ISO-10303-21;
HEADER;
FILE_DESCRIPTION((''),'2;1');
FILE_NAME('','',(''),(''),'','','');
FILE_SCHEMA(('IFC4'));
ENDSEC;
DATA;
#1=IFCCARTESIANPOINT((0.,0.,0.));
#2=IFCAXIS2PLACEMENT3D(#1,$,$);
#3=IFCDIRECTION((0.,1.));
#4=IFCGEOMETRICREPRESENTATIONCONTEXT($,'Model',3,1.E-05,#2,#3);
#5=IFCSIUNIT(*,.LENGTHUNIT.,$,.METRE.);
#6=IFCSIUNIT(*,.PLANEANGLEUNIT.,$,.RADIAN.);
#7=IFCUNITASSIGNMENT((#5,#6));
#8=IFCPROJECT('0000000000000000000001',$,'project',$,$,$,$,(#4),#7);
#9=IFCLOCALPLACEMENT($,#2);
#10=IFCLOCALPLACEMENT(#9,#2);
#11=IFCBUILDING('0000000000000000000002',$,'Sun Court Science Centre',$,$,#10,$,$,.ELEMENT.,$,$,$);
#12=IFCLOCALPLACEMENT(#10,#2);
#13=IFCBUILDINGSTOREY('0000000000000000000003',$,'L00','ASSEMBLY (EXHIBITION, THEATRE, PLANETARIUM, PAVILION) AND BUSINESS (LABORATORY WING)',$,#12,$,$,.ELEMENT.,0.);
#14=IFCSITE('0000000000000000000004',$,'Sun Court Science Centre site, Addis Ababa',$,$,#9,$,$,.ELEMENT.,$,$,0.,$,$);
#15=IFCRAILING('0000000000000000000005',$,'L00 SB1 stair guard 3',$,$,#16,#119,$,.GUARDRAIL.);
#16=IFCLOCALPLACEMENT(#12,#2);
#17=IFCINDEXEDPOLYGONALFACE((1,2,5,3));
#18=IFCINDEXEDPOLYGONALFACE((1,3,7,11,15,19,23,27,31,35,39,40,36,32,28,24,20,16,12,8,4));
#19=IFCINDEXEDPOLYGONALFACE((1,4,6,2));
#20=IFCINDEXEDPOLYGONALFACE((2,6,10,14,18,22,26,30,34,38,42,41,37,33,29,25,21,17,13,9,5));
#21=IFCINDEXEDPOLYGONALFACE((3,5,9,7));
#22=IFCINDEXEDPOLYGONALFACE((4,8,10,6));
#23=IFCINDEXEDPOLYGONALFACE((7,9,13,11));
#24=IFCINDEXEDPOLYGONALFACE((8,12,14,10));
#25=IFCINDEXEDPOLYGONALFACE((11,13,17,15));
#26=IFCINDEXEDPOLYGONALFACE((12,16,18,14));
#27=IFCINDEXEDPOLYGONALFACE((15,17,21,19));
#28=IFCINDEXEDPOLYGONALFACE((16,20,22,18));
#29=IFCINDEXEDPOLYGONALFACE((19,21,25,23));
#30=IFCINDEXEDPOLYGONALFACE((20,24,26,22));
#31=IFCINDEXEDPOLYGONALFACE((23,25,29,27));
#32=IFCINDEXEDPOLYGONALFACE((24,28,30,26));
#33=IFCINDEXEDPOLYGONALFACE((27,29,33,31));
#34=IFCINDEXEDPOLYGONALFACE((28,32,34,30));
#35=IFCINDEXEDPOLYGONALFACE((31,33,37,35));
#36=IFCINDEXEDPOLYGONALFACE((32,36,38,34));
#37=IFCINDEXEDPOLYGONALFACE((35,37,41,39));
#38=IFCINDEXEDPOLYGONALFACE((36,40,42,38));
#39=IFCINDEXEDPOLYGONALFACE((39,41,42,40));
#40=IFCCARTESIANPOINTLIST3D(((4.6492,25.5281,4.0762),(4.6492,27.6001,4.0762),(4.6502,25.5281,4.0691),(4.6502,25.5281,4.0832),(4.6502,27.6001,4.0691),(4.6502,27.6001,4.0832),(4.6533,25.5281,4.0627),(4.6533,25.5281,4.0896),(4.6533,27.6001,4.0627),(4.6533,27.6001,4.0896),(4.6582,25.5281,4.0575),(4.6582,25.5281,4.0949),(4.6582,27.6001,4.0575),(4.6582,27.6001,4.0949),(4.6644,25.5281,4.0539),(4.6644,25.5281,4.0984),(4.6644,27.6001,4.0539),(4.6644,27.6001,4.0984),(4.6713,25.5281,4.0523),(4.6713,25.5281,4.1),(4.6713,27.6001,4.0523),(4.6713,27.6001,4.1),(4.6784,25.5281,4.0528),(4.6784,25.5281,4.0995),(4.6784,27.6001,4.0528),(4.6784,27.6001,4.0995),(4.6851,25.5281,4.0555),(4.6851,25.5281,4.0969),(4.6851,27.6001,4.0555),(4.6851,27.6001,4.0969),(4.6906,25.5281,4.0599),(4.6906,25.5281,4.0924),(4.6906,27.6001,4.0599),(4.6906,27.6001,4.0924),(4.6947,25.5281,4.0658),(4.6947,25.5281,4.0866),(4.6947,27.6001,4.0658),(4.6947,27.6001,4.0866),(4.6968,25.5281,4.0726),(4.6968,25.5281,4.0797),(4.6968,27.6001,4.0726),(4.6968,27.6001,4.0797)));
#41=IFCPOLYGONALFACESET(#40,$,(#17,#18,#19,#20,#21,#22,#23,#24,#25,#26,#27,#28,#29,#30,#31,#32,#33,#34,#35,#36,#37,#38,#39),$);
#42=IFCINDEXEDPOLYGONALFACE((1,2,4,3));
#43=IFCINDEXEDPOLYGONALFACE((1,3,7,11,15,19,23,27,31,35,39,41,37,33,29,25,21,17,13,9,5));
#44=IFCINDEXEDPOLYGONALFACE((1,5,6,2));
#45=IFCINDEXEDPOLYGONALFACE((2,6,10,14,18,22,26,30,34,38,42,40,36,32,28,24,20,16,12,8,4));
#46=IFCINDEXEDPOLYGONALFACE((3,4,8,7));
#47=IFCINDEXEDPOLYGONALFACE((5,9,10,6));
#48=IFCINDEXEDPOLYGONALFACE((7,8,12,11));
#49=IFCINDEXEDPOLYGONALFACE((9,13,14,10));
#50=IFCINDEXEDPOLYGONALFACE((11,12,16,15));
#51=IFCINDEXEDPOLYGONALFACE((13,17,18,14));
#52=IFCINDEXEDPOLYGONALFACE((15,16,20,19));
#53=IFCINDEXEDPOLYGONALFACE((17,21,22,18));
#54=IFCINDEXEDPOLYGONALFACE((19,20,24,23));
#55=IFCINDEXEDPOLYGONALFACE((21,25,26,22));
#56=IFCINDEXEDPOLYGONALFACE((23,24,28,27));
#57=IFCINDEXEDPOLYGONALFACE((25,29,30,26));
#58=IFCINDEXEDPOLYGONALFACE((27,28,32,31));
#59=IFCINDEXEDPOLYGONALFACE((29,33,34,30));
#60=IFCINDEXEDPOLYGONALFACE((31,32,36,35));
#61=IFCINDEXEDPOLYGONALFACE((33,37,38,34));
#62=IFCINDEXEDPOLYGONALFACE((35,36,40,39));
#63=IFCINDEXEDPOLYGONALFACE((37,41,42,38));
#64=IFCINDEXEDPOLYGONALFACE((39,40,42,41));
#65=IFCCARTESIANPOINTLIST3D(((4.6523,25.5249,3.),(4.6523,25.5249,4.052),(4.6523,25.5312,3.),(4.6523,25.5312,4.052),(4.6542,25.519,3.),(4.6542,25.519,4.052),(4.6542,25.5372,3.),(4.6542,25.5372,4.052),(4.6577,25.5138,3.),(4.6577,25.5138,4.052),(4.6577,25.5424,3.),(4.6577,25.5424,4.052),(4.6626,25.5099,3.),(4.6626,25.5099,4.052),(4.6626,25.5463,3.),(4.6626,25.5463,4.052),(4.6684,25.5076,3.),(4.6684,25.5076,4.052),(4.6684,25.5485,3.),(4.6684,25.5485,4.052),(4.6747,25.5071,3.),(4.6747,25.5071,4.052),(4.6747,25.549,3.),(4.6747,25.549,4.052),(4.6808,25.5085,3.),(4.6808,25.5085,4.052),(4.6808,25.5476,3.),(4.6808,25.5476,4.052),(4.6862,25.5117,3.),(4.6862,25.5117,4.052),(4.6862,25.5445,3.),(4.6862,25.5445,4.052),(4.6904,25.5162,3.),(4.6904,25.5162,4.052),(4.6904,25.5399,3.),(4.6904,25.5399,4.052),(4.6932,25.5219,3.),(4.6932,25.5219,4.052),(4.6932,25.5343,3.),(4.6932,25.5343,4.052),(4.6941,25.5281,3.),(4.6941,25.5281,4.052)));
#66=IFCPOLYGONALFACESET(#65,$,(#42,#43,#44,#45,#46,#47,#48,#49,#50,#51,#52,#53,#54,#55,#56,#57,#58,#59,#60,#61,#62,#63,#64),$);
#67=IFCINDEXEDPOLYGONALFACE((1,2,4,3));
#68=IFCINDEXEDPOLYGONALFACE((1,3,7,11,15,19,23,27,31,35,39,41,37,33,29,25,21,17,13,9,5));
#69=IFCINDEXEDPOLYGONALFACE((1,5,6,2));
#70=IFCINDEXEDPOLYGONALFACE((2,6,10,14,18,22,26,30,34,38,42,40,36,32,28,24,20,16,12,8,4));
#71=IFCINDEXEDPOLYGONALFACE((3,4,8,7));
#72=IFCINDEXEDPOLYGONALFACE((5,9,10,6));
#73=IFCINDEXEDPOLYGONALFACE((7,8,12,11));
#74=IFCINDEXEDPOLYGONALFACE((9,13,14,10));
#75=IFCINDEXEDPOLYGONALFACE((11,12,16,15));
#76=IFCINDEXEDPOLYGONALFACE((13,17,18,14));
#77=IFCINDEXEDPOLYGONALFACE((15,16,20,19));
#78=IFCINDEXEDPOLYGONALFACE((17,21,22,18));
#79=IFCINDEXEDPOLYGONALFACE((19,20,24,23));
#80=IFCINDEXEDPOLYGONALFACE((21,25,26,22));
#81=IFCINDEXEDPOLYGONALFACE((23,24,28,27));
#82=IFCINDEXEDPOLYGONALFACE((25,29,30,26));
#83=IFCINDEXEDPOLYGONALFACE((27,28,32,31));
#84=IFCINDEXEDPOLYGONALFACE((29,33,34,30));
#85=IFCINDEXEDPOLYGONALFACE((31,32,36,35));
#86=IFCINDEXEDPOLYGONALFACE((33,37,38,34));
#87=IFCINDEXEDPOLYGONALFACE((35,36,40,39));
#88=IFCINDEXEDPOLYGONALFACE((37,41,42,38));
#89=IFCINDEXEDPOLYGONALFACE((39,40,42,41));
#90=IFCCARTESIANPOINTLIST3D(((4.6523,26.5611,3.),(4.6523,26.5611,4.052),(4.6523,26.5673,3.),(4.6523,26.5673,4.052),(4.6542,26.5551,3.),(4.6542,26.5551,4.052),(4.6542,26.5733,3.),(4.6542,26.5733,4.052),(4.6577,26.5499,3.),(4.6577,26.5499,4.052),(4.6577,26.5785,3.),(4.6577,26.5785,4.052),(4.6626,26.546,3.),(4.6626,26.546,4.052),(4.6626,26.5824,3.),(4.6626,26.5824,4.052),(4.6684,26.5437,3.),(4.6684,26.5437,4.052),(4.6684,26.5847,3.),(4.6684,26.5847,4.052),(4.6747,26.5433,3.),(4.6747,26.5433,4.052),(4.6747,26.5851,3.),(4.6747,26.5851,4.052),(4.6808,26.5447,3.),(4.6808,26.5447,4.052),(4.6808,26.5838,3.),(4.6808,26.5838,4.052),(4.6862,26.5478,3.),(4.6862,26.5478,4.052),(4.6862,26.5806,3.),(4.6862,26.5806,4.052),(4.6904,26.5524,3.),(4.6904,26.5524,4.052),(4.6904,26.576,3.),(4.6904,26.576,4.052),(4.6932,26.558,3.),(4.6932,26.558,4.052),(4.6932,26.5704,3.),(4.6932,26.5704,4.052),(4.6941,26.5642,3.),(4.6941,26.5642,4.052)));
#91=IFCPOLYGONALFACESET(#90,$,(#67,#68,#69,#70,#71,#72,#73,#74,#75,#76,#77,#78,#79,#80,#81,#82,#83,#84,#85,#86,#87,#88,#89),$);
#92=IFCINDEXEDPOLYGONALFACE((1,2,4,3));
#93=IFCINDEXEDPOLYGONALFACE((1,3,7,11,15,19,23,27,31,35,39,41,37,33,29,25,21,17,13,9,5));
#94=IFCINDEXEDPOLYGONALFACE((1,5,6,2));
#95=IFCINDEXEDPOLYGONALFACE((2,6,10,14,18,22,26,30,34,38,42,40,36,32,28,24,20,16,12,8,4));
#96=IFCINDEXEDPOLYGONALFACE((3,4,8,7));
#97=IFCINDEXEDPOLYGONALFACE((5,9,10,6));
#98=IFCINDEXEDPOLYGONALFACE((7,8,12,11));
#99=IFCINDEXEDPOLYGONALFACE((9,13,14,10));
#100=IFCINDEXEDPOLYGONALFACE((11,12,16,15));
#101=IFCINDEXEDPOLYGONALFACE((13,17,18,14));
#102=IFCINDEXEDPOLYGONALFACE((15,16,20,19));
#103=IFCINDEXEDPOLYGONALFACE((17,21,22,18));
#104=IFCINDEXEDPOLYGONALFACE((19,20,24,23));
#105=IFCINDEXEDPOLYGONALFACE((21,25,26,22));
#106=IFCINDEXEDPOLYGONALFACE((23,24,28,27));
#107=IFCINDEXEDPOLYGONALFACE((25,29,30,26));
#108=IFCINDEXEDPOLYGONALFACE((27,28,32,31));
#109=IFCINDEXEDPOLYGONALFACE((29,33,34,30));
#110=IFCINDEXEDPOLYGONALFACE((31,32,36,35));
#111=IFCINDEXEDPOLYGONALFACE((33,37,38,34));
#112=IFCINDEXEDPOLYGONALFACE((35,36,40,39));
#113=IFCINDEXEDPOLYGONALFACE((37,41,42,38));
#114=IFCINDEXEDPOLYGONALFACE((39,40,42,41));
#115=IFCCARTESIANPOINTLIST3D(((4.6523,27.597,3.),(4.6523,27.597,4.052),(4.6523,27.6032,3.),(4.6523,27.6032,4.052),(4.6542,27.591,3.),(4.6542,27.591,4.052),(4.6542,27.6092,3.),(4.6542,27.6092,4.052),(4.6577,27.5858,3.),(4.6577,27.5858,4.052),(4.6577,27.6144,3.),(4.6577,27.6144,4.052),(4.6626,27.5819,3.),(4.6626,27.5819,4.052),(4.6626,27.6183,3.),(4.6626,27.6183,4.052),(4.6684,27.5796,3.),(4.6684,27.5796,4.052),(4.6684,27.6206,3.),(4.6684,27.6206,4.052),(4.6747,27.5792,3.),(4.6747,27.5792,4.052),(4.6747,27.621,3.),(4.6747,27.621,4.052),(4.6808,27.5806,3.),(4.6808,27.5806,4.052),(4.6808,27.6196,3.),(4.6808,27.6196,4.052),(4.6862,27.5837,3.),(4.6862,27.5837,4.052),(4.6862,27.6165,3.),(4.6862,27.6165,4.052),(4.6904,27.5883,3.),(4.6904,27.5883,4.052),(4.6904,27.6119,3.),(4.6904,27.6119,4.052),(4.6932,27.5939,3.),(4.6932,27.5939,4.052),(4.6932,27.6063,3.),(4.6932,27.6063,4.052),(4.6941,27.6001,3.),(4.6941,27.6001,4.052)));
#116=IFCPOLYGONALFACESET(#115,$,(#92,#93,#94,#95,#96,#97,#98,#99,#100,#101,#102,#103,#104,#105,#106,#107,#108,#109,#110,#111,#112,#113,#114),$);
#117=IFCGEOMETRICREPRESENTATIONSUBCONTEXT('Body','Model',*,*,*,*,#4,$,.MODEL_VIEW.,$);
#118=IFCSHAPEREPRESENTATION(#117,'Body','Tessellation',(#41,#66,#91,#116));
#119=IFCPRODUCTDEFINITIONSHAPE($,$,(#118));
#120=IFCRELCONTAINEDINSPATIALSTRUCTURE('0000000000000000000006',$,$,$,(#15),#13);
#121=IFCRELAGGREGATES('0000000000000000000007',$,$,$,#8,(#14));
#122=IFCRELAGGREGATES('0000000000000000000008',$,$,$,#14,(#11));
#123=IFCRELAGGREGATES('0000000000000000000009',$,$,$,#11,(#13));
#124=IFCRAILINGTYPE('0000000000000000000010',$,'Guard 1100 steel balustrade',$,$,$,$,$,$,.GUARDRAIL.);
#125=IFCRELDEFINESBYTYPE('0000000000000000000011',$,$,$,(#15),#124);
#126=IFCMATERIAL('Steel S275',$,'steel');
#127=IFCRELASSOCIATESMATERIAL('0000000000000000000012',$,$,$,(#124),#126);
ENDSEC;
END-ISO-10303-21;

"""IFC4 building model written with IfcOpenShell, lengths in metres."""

from ifc_helpers import new_model, si_unit, direction, frame, origin, origin_2d, place, context, subcontext, project, spatial, circle, extrude, material, type_object, element, save


model = new_model("IFC4")

# Units and contexts
model_context = context("Model", 3, precision=1e-05, world=origin(), true_north=direction((0.0, 1.0)))
body_context = subcontext(model_context, "Body", "Model", "MODEL_VIEW")
ifc_project = project(units=[si_unit("LENGTHUNIT", "METRE"), si_unit("PLANEANGLEUNIT", "RADIAN")], contexts=[model_context])

# Site, building, storey
site_placement = place(None, origin())
site = spatial("IfcSite", under=ifc_project, at=site_placement, Name="Sun Court Science Centre site, Addis Ababa", CompositionType="ELEMENT", RefElevation=0.0)
building_placement = place(site_placement, origin())
building = spatial("IfcBuilding", under=site, at=building_placement, Name="Sun Court Science Centre", CompositionType="ELEMENT")
storey_placement = place(building_placement, origin())
storey = spatial("IfcBuildingStorey", under=building, at=storey_placement, Name="L00", Description="ASSEMBLY (EXHIBITION, THEATRE, PLANETARIUM, PAVILION) AND BUSINESS (LABORATORY WING)", CompositionType="ELEMENT", Elevation=0.0)

# Railing
ifc_material_1 = material(Name="Steel S275", Category="steel")
railing_type_1 = type_object("IfcRailingType", Name="Guard 1100 steel balustrade", PredefinedType="GUARDRAIL", material=ifc_material_1)
railing_1_placement = place(storey_placement, frame((4.6731, 25.5281, 3.0)))
element("IfcRailing", 1, at=railing_1_placement, inside=storey, type_object=railing_type_1, Name="L00 SB1 stair guard 3", PredefinedType="GUARDRAIL", context=body_context, shape_type="SweptSolid", body=[
    extrude(circle(Radius=0.0239, at=origin_2d()), frame((0.0, 0.0, 1.0762), z_axis=(0.0, 1.0, 0.0), x_axis=(-1.0, 0.0, 0.0)), (0.0, 0.0, 1.0), 2.072),
    extrude(circle(Radius=0.021, at=origin_2d()), origin(), (0.0, 0.0, 1.0), 1.052),
    extrude(circle(Radius=0.021, at=origin_2d()), frame((0.0, 1.0361, 0.0)), (0.0, 0.0, 1.0), 1.052),
    extrude(circle(Radius=0.021, at=origin_2d()), frame((0.0, 2.072, 0.0)), (0.0, 0.0, 1.0), 1.052),
])

save(model, "model.ifc")
